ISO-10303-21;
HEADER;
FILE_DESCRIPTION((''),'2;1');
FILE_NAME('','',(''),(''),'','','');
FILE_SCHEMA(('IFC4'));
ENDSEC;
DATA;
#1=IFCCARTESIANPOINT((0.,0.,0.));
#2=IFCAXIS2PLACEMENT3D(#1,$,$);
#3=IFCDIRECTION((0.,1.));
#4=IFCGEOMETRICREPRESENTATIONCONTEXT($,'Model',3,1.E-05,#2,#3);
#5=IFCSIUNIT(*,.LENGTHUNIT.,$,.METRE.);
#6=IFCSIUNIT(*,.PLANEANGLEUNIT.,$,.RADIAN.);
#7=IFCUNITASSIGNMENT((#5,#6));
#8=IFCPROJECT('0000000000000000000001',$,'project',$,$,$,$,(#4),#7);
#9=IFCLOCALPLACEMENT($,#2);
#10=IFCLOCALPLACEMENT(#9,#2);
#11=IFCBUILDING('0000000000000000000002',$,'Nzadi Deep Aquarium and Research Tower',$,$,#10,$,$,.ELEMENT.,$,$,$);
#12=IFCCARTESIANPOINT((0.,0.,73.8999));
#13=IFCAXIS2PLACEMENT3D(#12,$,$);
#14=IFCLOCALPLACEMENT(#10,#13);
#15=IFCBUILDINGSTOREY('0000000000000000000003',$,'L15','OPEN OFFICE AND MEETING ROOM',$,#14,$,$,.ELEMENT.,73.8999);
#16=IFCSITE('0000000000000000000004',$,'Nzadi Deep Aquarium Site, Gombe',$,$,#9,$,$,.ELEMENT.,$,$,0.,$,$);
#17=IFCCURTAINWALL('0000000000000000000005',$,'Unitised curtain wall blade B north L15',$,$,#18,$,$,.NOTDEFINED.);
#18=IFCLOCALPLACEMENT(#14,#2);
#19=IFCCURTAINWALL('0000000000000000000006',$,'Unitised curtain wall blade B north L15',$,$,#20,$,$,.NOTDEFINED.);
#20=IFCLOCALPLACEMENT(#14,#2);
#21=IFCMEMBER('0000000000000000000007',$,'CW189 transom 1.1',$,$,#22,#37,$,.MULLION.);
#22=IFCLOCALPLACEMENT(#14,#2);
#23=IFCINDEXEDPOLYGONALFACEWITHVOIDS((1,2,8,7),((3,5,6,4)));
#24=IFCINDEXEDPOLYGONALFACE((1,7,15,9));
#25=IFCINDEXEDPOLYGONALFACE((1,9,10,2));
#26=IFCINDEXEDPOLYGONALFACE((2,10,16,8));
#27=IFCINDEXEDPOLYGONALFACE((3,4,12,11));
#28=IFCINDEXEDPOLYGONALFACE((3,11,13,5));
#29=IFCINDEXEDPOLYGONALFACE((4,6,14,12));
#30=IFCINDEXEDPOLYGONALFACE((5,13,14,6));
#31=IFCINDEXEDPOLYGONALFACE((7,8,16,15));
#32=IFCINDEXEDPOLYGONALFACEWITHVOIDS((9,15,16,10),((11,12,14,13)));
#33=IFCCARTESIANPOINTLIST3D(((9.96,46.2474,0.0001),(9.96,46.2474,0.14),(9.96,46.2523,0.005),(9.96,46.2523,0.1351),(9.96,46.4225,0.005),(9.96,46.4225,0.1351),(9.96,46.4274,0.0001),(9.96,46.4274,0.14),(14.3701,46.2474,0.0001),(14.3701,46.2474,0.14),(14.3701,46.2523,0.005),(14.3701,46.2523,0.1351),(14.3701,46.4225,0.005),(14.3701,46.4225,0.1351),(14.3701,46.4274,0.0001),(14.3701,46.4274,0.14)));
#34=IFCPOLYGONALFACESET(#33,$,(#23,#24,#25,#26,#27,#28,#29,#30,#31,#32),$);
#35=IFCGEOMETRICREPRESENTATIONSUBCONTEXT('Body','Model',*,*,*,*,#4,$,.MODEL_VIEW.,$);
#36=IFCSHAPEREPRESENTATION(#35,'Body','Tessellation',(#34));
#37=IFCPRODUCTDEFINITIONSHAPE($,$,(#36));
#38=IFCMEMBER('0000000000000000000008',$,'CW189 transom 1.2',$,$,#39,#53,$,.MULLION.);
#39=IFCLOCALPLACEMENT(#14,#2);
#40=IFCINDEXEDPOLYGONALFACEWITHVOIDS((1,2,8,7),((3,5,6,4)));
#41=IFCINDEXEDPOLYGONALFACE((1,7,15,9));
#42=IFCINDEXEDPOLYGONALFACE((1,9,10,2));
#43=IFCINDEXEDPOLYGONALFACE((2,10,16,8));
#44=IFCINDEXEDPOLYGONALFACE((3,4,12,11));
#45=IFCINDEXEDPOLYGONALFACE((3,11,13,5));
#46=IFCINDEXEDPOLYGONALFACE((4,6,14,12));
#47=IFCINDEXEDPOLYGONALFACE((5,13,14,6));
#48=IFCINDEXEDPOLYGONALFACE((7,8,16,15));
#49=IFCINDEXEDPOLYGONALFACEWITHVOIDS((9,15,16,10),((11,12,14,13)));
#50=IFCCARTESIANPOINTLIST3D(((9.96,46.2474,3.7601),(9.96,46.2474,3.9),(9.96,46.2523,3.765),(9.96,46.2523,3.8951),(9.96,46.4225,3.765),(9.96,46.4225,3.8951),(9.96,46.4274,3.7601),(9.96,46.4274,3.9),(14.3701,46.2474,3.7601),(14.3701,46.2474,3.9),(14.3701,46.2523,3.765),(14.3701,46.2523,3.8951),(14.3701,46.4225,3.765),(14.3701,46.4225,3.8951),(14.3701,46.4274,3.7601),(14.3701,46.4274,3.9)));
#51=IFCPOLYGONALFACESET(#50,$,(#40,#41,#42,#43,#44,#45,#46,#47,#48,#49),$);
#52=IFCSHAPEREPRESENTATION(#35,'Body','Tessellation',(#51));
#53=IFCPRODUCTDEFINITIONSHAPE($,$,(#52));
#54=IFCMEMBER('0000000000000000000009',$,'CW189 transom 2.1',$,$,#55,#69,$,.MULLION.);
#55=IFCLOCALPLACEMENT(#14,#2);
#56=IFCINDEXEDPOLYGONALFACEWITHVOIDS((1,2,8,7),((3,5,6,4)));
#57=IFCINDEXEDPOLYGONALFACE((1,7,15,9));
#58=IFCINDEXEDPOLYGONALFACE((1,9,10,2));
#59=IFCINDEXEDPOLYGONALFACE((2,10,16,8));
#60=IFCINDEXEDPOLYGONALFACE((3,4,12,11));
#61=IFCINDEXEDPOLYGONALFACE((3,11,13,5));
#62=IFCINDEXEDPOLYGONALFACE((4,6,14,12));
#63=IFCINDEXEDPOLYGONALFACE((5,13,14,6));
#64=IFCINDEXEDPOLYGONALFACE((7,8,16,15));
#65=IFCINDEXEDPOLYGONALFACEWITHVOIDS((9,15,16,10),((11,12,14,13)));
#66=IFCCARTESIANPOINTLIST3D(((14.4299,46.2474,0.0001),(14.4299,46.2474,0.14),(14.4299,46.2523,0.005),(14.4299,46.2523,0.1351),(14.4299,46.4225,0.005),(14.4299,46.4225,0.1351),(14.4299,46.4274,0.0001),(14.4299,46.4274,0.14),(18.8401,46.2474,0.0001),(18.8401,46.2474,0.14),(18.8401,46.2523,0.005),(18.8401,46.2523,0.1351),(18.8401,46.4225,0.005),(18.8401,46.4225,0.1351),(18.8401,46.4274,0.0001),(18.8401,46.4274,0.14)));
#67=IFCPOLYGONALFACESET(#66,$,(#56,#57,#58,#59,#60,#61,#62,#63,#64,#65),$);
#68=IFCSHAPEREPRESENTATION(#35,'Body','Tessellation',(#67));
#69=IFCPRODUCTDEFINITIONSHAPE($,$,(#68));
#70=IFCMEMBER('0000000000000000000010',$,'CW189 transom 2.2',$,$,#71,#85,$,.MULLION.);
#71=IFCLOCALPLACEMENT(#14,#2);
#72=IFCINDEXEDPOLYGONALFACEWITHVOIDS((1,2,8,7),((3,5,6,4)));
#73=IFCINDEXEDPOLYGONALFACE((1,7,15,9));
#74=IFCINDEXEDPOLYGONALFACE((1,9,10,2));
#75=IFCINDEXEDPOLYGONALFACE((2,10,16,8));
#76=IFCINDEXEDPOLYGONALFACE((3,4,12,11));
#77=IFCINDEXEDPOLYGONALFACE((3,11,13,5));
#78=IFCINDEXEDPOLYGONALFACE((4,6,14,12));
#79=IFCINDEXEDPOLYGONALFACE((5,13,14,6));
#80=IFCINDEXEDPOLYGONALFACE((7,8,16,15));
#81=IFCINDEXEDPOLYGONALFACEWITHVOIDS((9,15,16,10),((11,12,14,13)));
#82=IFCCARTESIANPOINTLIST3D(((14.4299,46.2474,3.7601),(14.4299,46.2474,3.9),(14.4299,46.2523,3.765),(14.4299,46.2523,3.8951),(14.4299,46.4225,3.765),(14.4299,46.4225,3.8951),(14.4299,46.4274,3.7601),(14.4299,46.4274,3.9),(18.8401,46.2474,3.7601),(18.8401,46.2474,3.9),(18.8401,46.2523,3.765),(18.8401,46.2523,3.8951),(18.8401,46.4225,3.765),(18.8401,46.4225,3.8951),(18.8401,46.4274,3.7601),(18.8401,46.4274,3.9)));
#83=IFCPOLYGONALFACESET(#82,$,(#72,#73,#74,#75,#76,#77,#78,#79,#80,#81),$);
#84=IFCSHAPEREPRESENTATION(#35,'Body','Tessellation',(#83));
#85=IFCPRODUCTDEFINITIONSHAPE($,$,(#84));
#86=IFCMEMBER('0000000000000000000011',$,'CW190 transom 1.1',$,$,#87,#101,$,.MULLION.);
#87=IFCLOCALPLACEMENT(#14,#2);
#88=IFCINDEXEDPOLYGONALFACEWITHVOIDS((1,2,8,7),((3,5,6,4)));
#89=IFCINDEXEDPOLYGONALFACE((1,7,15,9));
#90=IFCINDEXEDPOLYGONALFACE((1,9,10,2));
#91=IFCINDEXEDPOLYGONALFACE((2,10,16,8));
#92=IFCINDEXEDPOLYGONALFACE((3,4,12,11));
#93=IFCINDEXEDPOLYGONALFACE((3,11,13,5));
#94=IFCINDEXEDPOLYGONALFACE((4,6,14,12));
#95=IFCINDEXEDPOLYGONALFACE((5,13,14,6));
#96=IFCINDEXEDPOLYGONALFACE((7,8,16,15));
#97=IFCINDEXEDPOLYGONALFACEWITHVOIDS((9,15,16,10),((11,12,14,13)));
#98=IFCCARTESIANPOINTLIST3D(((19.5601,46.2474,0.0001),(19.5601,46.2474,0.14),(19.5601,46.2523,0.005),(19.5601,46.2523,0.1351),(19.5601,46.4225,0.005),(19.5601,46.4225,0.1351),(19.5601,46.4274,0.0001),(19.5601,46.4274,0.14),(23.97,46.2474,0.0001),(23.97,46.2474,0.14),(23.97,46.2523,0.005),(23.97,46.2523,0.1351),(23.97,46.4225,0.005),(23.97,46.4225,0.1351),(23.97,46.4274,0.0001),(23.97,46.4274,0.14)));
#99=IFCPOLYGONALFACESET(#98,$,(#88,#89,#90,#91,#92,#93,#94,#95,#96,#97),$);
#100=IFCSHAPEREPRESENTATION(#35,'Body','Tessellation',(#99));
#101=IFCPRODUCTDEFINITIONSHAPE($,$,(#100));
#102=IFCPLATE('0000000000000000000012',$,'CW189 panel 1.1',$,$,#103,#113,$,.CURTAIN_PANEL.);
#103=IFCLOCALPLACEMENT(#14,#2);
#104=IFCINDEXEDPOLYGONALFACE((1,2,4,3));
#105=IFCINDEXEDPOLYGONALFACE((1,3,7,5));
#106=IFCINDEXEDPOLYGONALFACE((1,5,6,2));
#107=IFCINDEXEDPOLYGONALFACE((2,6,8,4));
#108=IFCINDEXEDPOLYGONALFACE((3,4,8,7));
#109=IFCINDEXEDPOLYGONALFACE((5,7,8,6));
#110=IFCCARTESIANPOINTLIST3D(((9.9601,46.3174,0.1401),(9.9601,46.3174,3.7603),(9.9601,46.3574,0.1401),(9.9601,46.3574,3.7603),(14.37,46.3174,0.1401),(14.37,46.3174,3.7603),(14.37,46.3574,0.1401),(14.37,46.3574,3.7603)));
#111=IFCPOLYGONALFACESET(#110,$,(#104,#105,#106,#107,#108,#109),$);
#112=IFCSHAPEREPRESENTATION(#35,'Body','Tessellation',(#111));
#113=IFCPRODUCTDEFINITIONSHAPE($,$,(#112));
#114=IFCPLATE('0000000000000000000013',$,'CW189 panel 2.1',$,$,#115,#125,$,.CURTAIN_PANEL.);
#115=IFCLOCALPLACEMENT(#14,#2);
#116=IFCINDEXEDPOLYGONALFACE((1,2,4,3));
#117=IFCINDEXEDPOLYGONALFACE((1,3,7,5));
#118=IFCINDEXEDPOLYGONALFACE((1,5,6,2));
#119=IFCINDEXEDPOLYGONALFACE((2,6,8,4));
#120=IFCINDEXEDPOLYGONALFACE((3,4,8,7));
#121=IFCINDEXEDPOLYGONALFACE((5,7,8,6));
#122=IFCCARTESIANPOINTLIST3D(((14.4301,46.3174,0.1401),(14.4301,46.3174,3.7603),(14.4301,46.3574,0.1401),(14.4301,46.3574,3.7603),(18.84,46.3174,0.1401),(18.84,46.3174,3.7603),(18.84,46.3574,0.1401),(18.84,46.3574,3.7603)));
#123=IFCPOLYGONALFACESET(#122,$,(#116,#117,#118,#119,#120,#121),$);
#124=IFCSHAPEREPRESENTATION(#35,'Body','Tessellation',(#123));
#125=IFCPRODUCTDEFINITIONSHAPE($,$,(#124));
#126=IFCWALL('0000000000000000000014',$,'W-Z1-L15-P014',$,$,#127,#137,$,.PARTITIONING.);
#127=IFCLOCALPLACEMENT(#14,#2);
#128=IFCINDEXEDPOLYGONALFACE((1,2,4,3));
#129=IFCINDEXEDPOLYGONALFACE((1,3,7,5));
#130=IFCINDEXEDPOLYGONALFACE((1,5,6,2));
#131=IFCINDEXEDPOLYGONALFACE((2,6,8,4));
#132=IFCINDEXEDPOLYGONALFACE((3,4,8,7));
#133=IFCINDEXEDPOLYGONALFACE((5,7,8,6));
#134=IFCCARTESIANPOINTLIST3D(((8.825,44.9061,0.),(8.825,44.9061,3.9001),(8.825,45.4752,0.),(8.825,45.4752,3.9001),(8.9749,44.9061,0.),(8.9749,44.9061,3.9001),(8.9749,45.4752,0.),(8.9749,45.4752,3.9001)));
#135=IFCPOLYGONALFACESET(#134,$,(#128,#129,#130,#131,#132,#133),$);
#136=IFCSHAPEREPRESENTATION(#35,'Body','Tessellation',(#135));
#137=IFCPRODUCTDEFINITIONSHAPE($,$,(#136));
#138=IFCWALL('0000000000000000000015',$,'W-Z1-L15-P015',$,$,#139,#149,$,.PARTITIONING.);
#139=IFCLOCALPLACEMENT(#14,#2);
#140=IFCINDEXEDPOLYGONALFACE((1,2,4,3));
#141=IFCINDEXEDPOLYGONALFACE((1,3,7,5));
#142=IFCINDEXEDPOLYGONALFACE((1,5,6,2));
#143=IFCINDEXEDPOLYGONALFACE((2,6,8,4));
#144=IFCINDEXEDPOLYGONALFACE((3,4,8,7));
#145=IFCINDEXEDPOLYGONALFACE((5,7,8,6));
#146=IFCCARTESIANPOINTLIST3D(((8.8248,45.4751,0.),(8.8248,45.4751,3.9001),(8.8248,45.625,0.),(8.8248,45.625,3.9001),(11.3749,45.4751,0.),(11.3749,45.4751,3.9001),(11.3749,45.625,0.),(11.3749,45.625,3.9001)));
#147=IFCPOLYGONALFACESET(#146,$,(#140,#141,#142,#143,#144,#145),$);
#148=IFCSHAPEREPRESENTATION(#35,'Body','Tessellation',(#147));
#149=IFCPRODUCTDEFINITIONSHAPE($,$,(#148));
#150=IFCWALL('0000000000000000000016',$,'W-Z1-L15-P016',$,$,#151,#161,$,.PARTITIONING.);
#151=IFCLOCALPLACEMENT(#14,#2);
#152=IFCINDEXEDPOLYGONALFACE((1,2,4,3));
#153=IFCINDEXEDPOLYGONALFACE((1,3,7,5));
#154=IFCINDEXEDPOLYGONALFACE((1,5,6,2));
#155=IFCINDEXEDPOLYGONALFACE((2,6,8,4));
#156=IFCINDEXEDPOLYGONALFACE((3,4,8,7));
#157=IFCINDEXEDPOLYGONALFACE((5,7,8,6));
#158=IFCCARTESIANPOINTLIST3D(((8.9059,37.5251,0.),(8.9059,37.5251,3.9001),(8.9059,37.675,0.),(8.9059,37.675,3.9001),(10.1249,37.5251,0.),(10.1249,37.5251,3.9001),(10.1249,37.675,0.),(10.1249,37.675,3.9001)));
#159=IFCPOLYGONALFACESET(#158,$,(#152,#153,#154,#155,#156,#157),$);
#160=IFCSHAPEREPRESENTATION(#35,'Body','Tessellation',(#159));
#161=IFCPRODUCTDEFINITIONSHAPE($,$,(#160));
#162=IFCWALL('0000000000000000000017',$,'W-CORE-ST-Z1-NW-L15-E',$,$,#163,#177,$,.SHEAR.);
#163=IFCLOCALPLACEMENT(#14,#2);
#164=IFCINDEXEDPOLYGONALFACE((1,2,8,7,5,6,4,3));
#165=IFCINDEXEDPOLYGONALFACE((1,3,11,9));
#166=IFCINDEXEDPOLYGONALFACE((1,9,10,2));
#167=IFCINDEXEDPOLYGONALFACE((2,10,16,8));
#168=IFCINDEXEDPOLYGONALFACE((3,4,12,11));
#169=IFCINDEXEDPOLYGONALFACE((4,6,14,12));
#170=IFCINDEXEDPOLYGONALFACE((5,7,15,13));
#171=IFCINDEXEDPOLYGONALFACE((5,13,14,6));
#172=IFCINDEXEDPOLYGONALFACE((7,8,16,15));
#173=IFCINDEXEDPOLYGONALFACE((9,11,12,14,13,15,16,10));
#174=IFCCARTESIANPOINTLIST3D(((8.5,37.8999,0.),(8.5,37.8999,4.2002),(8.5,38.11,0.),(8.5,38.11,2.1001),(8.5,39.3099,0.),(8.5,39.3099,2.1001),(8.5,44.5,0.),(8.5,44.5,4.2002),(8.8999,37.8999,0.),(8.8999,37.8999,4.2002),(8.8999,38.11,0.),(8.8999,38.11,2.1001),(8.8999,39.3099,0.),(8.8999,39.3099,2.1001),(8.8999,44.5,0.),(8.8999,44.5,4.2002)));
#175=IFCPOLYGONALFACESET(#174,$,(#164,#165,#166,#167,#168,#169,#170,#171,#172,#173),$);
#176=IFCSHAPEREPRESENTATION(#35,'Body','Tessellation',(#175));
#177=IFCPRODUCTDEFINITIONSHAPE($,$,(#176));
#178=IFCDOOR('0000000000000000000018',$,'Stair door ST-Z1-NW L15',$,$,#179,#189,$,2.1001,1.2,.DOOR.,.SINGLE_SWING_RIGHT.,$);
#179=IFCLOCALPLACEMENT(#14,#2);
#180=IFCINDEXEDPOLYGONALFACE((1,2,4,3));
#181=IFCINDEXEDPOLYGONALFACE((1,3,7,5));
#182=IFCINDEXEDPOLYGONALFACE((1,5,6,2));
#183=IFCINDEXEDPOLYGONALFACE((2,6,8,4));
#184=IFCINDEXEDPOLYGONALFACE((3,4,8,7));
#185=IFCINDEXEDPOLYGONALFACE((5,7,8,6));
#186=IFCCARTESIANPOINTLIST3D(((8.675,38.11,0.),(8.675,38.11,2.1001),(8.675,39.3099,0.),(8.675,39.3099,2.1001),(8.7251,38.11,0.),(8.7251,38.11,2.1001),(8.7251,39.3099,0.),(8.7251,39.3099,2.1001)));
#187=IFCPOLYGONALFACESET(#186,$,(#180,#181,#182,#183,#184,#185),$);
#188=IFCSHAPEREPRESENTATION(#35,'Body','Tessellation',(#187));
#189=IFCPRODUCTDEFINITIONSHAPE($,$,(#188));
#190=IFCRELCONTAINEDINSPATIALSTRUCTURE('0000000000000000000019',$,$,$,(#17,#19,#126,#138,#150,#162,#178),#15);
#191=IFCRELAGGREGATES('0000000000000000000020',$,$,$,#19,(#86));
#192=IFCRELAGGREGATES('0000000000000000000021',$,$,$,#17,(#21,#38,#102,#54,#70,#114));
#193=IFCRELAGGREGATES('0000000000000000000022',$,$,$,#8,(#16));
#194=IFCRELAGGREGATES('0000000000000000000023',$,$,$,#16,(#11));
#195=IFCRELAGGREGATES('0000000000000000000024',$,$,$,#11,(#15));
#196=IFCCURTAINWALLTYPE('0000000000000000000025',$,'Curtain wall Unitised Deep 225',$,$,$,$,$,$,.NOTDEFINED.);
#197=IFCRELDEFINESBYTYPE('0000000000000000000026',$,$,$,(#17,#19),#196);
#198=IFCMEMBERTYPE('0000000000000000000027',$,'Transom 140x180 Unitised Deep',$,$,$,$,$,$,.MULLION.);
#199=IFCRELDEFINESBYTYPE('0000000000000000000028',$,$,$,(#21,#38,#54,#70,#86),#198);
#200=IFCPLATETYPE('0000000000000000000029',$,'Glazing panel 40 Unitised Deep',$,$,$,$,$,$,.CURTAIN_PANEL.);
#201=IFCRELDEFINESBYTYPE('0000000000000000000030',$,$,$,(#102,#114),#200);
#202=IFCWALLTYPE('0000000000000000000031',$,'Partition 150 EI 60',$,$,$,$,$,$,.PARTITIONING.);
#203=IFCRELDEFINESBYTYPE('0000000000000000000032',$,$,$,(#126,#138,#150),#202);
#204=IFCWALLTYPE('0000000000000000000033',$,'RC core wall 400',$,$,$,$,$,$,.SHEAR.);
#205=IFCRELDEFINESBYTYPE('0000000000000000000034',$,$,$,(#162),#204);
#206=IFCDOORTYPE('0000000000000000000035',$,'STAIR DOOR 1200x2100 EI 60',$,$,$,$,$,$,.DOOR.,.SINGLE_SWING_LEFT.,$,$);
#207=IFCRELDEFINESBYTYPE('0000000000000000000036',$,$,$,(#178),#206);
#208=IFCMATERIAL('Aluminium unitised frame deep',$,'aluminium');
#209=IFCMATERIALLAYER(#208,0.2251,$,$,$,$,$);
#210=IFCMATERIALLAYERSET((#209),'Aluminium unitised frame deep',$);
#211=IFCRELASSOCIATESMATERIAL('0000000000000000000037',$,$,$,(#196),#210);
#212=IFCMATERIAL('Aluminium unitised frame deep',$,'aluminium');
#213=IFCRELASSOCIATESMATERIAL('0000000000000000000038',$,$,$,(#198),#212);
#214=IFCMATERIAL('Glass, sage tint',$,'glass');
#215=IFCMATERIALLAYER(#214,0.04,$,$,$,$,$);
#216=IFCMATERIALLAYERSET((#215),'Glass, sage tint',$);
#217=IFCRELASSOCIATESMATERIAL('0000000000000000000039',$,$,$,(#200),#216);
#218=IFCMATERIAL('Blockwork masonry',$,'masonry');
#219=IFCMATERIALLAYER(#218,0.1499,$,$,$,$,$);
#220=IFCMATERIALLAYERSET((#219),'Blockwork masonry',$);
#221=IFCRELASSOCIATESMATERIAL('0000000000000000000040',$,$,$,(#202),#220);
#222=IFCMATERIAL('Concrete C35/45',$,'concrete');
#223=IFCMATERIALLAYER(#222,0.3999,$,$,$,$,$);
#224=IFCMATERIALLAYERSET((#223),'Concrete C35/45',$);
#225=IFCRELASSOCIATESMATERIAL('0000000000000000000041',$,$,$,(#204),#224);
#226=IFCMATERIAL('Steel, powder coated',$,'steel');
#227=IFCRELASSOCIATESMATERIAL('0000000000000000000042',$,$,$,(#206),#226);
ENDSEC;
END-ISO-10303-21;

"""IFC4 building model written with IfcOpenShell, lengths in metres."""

from ifc_helpers import new_model, si_unit, direction, frame, frame_2d, origin, origin_2d, place, context, subcontext, project, spatial, rectangle, hollow_rectangle, extrude, material, layer, layer_set, material_profile, profile_set, type_object, element, fill, aggregate, save


model = new_model("IFC4")

# Units and contexts
model_context = context("Model", 3, precision=1e-05, world=origin(), true_north=direction((0.0, 1.0)))
body_context = subcontext(model_context, "Body", "Model", "MODEL_VIEW")
ifc_project = project(units=[si_unit("LENGTHUNIT", "METRE"), si_unit("PLANEANGLEUNIT", "RADIAN")], contexts=[model_context])

# Site, building, storey
site_placement = place(None, origin())
site = spatial("IfcSite", under=ifc_project, at=site_placement, Name="Nzadi Deep Aquarium Site, Gombe", CompositionType="ELEMENT", RefElevation=0.0)
building_placement = place(site_placement, origin())
building = spatial("IfcBuilding", under=site, at=building_placement, Name="Nzadi Deep Aquarium and Research Tower", CompositionType="ELEMENT")
storey_placement = place(building_placement, frame((0.0, 0.0, 73.8999)))
storey = spatial("IfcBuildingStorey", under=building, at=storey_placement, Name="L15", Description="OPEN OFFICE AND MEETING ROOM", CompositionType="ELEMENT", Elevation=73.8999)

# Shared definitions
ifc_material_1 = material(Name="Aluminium unitised frame deep", Category="aluminium")
ifc_layer_1 = layer(ifc_material_1, 0.2251)
ifc_layer_set_1 = layer_set([ifc_layer_1], Name="Aluminium unitised frame deep")
curtain_wall_type = type_object("IfcCurtainWallType", Name="Curtain wall Unitised Deep 225", PredefinedType="NOTDEFINED", material=ifc_layer_set_1)

# Curtain wall
curtain_wall_1_placement = place(storey_placement, origin())
curtain_wall_1 = element("IfcCurtainWall", 1, at=curtain_wall_1_placement, inside=storey, type_object=curtain_wall_type, Name="Unitised curtain wall blade B north L15", PredefinedType="NOTDEFINED")

# Curtain wall
curtain_wall_2_placement = place(storey_placement, origin())
curtain_wall_2 = element("IfcCurtainWall", 2, at=curtain_wall_2_placement, inside=storey, type_object=curtain_wall_type, Name="Unitised curtain wall blade B north L15", PredefinedType="NOTDEFINED")

# Members
ifc_material_2 = material(Name="Aluminium unitised frame deep", Category="aluminium")
ifc_material_profile_1 = material_profile(ifc_material_2, hollow_rectangle(XDim=0.1799, YDim=0.1399, WallThickness=0.0049, at=origin_2d()))
ifc_profile_set_1 = profile_set([ifc_material_profile_1], Name="Aluminium unitised frame deep")
member_type_1 = type_object("IfcMemberType", Name="Transom 140x180 Unitised Deep", PredefinedType="MULLION", material=ifc_profile_set_1)
member_1_placement = place(storey_placement, frame((9.96, 46.3374, 0.0701), z_axis=(1.0, 0.0, 0.0), x_axis=(0.0, 1.0, 0.0)))
member_1 = element("IfcMember", 3, at=member_1_placement, type_object=member_type_1, Name="CW189 transom 1.1", PredefinedType="MULLION", context=body_context, shape_type="SweptSolid", body=[
    extrude(hollow_rectangle(XDim=0.1799, YDim=0.1399, WallThickness=0.0049, at=origin_2d()), origin(), (0.0, 0.0, 1.0), 4.4102),
])
member_2_placement = place(storey_placement, frame((9.96, 46.3374, 3.8301), z_axis=(1.0, 0.0, 0.0), x_axis=(0.0, 1.0, 0.0)))
member_2 = element("IfcMember", 4, at=member_2_placement, type_object=member_type_1, Name="CW189 transom 1.2", PredefinedType="MULLION", context=body_context, shape_type="SweptSolid", body=[
    extrude(hollow_rectangle(XDim=0.1799, YDim=0.1399, WallThickness=0.0049, at=origin_2d()), origin(), (0.0, 0.0, 1.0), 4.4102),
])
member_3_placement = place(storey_placement, frame((14.4299, 46.3374, 0.0701), z_axis=(1.0, 0.0, 0.0), x_axis=(0.0, 1.0, 0.0)))
member_3 = element("IfcMember", 5, at=member_3_placement, type_object=member_type_1, Name="CW189 transom 2.1", PredefinedType="MULLION", context=body_context, shape_type="SweptSolid", body=[
    extrude(hollow_rectangle(XDim=0.1799, YDim=0.1399, WallThickness=0.0049, at=origin_2d()), origin(), (0.0, 0.0, 1.0), 4.4102),
])
member_4_placement = place(storey_placement, frame((14.4299, 46.3374, 3.8301), z_axis=(1.0, 0.0, 0.0), x_axis=(0.0, 1.0, 0.0)))
member_4 = element("IfcMember", 6, at=member_4_placement, type_object=member_type_1, Name="CW189 transom 2.2", PredefinedType="MULLION", context=body_context, shape_type="SweptSolid", body=[
    extrude(hollow_rectangle(XDim=0.1799, YDim=0.1399, WallThickness=0.0049, at=origin_2d()), origin(), (0.0, 0.0, 1.0), 4.4102),
])
member_5_placement = place(storey_placement, frame((19.5601, 46.3374, 0.0701), z_axis=(1.0, 0.0, 0.0), x_axis=(0.0, 1.0, 0.0)))
member_5 = element("IfcMember", 7, at=member_5_placement, type_object=member_type_1, Name="CW190 transom 1.1", PredefinedType="MULLION", context=body_context, shape_type="SweptSolid", body=[
    extrude(hollow_rectangle(XDim=0.1799, YDim=0.1399, WallThickness=0.0049, at=origin_2d()), origin(), (0.0, 0.0, 1.0), 4.4099),
])
aggregate(curtain_wall_2, [member_5])

# Plates
ifc_material_3 = material(Name="Glass, sage tint", Category="glass")
ifc_layer_2 = layer(ifc_material_3, 0.04)
ifc_layer_set_2 = layer_set([ifc_layer_2], Name="Glass, sage tint")
plate_type = type_object("IfcPlateType", Name="Glazing panel 40 Unitised Deep", PredefinedType="CURTAIN_PANEL", material=ifc_layer_set_2)
plate_1_placement = place(storey_placement, frame((12.165, 46.3374, 0.1401), z_axis=(0.0, 0.0, 1.0), x_axis=(1.0, 0.0, 0.0)))
plate_1 = element("IfcPlate", 8, at=plate_1_placement, type_object=plate_type, Name="CW189 panel 1.1", PredefinedType="CURTAIN_PANEL", context=body_context, shape_type="SweptSolid", body=[
    extrude(rectangle(XDim=4.4099, YDim=0.04, at=origin_2d()), origin(), (0.0, 0.0, 1.0), 3.6201),
])
plate_2_placement = place(storey_placement, frame((16.635, 46.3374, 0.1401), z_axis=(0.0, 0.0, 1.0), x_axis=(1.0, 0.0, 0.0)))
plate_2 = element("IfcPlate", 9, at=plate_2_placement, type_object=plate_type, Name="CW189 panel 2.1", PredefinedType="CURTAIN_PANEL", context=body_context, shape_type="SweptSolid", body=[
    extrude(rectangle(XDim=4.4099, YDim=0.04, at=origin_2d()), origin(), (0.0, 0.0, 1.0), 3.6201),
])
aggregate(curtain_wall_1, [member_1, member_2, plate_1, member_3, member_4, plate_2])

# Walls
ifc_material_4 = material(Name="Blockwork masonry", Category="masonry")
ifc_layer_3 = layer(ifc_material_4, 0.1499)
ifc_layer_set_3 = layer_set([ifc_layer_3], Name="Blockwork masonry")
wall_type_1 = type_object("IfcWallType", Name="Partition 150 EI 60", PredefinedType="PARTITIONING", material=ifc_layer_set_3)
wall_1_placement = place(storey_placement, frame((8.8999, 44.906, 0.0), z_axis=(0.0, 0.0, 1.0), x_axis=(0.0, 1.0, 0.0)))
element("IfcWall", 10, at=wall_1_placement, inside=storey, type_object=wall_type_1, Name="W-Z1-L15-P014", PredefinedType="PARTITIONING", context=body_context, shape_type="SweptSolid", body=[
    extrude(rectangle(XDim=0.5691, YDim=0.1499, at=frame_2d((0.2847, 0.0))), origin(), (0.0, 0.0, 1.0), 3.9001),
])
wall_2_placement = place(storey_placement, frame((8.825, 45.55, 0.0), z_axis=(0.0, 0.0, 1.0), x_axis=(1.0, 0.0, 0.0)))
element("IfcWall", 11, at=wall_2_placement, inside=storey, type_object=wall_type_1, Name="W-Z1-L15-P015", PredefinedType="PARTITIONING", context=body_context, shape_type="SweptSolid", body=[
    extrude(rectangle(XDim=2.55, YDim=0.1499, at=frame_2d((1.2749, 0.0))), origin(), (0.0, 0.0, 1.0), 3.9001),
])
wall_3_placement = place(storey_placement, frame((8.906, 37.6001, 0.0), z_axis=(0.0, 0.0, 1.0), x_axis=(1.0, 0.0, 0.0)))
element("IfcWall", 12, at=wall_3_placement, inside=storey, type_object=wall_type_1, Name="W-Z1-L15-P016", PredefinedType="PARTITIONING", context=body_context, shape_type="SweptSolid", body=[
    extrude(rectangle(XDim=1.219, YDim=0.1499, at=frame_2d((0.6094, 0.0))), origin(), (0.0, 0.0, 1.0), 3.9001),
])

# Wall, opening, door
ifc_material_5 = material(Name="Concrete C35/45", Category="concrete")
ifc_layer_4 = layer(ifc_material_5, 0.3999)
ifc_layer_set_4 = layer_set([ifc_layer_4], Name="Concrete C35/45")
wall_type_2 = type_object("IfcWallType", Name="RC core wall 400", PredefinedType="SHEAR", material=ifc_layer_set_4)
wall_4_placement = place(storey_placement, frame((8.7, 37.8999, 0.0), z_axis=(0.0, 0.0, 1.0), x_axis=(0.0, 1.0, 0.0)))
wall_4 = element("IfcWall", 13, at=wall_4_placement, inside=storey, type_object=wall_type_2, Name="W-CORE-ST-Z1-NW-L15-E", PredefinedType="SHEAR", context=body_context, shape_type="SweptSolid", body=[
    extrude(rectangle(XDim=6.6001, YDim=0.3999, at=frame_2d((3.3, 0.0))), origin(), (0.0, 0.0, 1.0), 4.2002),
])
opening_placement = place(wall_4_placement, frame((0.21, 0.0, 0.0)))
opening = element("IfcOpeningElement", 14, at=opening_placement, cuts=wall_4, PredefinedType="OPENING", context=body_context, shape_type="SweptSolid", body=[
    extrude(rectangle(XDim=1.2, YDim=2.1001, at=frame_2d((0.6001, 1.05))), frame((0.0, 0.21, 0.0), z_axis=(0.0, -1.0, 0.0), x_axis=(1.0, 0.0, 0.0)), (0.0, 0.0, 1.0), 0.4199),
])
ifc_material_6 = material(Name="Steel, powder coated", Category="steel")
door_type = type_object("IfcDoorType", Name="STAIR DOOR 1200x2100 EI 60", OperationType="SINGLE_SWING_LEFT", PredefinedType="DOOR", material=ifc_material_6)
door_placement = place(opening_placement, origin())
door = element("IfcDoor", 15, at=door_placement, inside=storey, type_object=door_type, Name="Stair door ST-Z1-NW L15", OperationType="SINGLE_SWING_RIGHT", OverallHeight=2.1001, OverallWidth=1.2, PredefinedType="DOOR", context=body_context, shape_type="SweptSolid", body=[
    extrude(rectangle(XDim=1.2, YDim=2.1001, at=frame_2d((0.6001, 1.05))), frame((0.0, 0.0249, 0.0), z_axis=(0.0, -1.0, 0.0), x_axis=(1.0, 0.0, 0.0)), (0.0, 0.0, 1.0), 0.05),
])
fill(opening, door)

save(model, "model.ifc")
